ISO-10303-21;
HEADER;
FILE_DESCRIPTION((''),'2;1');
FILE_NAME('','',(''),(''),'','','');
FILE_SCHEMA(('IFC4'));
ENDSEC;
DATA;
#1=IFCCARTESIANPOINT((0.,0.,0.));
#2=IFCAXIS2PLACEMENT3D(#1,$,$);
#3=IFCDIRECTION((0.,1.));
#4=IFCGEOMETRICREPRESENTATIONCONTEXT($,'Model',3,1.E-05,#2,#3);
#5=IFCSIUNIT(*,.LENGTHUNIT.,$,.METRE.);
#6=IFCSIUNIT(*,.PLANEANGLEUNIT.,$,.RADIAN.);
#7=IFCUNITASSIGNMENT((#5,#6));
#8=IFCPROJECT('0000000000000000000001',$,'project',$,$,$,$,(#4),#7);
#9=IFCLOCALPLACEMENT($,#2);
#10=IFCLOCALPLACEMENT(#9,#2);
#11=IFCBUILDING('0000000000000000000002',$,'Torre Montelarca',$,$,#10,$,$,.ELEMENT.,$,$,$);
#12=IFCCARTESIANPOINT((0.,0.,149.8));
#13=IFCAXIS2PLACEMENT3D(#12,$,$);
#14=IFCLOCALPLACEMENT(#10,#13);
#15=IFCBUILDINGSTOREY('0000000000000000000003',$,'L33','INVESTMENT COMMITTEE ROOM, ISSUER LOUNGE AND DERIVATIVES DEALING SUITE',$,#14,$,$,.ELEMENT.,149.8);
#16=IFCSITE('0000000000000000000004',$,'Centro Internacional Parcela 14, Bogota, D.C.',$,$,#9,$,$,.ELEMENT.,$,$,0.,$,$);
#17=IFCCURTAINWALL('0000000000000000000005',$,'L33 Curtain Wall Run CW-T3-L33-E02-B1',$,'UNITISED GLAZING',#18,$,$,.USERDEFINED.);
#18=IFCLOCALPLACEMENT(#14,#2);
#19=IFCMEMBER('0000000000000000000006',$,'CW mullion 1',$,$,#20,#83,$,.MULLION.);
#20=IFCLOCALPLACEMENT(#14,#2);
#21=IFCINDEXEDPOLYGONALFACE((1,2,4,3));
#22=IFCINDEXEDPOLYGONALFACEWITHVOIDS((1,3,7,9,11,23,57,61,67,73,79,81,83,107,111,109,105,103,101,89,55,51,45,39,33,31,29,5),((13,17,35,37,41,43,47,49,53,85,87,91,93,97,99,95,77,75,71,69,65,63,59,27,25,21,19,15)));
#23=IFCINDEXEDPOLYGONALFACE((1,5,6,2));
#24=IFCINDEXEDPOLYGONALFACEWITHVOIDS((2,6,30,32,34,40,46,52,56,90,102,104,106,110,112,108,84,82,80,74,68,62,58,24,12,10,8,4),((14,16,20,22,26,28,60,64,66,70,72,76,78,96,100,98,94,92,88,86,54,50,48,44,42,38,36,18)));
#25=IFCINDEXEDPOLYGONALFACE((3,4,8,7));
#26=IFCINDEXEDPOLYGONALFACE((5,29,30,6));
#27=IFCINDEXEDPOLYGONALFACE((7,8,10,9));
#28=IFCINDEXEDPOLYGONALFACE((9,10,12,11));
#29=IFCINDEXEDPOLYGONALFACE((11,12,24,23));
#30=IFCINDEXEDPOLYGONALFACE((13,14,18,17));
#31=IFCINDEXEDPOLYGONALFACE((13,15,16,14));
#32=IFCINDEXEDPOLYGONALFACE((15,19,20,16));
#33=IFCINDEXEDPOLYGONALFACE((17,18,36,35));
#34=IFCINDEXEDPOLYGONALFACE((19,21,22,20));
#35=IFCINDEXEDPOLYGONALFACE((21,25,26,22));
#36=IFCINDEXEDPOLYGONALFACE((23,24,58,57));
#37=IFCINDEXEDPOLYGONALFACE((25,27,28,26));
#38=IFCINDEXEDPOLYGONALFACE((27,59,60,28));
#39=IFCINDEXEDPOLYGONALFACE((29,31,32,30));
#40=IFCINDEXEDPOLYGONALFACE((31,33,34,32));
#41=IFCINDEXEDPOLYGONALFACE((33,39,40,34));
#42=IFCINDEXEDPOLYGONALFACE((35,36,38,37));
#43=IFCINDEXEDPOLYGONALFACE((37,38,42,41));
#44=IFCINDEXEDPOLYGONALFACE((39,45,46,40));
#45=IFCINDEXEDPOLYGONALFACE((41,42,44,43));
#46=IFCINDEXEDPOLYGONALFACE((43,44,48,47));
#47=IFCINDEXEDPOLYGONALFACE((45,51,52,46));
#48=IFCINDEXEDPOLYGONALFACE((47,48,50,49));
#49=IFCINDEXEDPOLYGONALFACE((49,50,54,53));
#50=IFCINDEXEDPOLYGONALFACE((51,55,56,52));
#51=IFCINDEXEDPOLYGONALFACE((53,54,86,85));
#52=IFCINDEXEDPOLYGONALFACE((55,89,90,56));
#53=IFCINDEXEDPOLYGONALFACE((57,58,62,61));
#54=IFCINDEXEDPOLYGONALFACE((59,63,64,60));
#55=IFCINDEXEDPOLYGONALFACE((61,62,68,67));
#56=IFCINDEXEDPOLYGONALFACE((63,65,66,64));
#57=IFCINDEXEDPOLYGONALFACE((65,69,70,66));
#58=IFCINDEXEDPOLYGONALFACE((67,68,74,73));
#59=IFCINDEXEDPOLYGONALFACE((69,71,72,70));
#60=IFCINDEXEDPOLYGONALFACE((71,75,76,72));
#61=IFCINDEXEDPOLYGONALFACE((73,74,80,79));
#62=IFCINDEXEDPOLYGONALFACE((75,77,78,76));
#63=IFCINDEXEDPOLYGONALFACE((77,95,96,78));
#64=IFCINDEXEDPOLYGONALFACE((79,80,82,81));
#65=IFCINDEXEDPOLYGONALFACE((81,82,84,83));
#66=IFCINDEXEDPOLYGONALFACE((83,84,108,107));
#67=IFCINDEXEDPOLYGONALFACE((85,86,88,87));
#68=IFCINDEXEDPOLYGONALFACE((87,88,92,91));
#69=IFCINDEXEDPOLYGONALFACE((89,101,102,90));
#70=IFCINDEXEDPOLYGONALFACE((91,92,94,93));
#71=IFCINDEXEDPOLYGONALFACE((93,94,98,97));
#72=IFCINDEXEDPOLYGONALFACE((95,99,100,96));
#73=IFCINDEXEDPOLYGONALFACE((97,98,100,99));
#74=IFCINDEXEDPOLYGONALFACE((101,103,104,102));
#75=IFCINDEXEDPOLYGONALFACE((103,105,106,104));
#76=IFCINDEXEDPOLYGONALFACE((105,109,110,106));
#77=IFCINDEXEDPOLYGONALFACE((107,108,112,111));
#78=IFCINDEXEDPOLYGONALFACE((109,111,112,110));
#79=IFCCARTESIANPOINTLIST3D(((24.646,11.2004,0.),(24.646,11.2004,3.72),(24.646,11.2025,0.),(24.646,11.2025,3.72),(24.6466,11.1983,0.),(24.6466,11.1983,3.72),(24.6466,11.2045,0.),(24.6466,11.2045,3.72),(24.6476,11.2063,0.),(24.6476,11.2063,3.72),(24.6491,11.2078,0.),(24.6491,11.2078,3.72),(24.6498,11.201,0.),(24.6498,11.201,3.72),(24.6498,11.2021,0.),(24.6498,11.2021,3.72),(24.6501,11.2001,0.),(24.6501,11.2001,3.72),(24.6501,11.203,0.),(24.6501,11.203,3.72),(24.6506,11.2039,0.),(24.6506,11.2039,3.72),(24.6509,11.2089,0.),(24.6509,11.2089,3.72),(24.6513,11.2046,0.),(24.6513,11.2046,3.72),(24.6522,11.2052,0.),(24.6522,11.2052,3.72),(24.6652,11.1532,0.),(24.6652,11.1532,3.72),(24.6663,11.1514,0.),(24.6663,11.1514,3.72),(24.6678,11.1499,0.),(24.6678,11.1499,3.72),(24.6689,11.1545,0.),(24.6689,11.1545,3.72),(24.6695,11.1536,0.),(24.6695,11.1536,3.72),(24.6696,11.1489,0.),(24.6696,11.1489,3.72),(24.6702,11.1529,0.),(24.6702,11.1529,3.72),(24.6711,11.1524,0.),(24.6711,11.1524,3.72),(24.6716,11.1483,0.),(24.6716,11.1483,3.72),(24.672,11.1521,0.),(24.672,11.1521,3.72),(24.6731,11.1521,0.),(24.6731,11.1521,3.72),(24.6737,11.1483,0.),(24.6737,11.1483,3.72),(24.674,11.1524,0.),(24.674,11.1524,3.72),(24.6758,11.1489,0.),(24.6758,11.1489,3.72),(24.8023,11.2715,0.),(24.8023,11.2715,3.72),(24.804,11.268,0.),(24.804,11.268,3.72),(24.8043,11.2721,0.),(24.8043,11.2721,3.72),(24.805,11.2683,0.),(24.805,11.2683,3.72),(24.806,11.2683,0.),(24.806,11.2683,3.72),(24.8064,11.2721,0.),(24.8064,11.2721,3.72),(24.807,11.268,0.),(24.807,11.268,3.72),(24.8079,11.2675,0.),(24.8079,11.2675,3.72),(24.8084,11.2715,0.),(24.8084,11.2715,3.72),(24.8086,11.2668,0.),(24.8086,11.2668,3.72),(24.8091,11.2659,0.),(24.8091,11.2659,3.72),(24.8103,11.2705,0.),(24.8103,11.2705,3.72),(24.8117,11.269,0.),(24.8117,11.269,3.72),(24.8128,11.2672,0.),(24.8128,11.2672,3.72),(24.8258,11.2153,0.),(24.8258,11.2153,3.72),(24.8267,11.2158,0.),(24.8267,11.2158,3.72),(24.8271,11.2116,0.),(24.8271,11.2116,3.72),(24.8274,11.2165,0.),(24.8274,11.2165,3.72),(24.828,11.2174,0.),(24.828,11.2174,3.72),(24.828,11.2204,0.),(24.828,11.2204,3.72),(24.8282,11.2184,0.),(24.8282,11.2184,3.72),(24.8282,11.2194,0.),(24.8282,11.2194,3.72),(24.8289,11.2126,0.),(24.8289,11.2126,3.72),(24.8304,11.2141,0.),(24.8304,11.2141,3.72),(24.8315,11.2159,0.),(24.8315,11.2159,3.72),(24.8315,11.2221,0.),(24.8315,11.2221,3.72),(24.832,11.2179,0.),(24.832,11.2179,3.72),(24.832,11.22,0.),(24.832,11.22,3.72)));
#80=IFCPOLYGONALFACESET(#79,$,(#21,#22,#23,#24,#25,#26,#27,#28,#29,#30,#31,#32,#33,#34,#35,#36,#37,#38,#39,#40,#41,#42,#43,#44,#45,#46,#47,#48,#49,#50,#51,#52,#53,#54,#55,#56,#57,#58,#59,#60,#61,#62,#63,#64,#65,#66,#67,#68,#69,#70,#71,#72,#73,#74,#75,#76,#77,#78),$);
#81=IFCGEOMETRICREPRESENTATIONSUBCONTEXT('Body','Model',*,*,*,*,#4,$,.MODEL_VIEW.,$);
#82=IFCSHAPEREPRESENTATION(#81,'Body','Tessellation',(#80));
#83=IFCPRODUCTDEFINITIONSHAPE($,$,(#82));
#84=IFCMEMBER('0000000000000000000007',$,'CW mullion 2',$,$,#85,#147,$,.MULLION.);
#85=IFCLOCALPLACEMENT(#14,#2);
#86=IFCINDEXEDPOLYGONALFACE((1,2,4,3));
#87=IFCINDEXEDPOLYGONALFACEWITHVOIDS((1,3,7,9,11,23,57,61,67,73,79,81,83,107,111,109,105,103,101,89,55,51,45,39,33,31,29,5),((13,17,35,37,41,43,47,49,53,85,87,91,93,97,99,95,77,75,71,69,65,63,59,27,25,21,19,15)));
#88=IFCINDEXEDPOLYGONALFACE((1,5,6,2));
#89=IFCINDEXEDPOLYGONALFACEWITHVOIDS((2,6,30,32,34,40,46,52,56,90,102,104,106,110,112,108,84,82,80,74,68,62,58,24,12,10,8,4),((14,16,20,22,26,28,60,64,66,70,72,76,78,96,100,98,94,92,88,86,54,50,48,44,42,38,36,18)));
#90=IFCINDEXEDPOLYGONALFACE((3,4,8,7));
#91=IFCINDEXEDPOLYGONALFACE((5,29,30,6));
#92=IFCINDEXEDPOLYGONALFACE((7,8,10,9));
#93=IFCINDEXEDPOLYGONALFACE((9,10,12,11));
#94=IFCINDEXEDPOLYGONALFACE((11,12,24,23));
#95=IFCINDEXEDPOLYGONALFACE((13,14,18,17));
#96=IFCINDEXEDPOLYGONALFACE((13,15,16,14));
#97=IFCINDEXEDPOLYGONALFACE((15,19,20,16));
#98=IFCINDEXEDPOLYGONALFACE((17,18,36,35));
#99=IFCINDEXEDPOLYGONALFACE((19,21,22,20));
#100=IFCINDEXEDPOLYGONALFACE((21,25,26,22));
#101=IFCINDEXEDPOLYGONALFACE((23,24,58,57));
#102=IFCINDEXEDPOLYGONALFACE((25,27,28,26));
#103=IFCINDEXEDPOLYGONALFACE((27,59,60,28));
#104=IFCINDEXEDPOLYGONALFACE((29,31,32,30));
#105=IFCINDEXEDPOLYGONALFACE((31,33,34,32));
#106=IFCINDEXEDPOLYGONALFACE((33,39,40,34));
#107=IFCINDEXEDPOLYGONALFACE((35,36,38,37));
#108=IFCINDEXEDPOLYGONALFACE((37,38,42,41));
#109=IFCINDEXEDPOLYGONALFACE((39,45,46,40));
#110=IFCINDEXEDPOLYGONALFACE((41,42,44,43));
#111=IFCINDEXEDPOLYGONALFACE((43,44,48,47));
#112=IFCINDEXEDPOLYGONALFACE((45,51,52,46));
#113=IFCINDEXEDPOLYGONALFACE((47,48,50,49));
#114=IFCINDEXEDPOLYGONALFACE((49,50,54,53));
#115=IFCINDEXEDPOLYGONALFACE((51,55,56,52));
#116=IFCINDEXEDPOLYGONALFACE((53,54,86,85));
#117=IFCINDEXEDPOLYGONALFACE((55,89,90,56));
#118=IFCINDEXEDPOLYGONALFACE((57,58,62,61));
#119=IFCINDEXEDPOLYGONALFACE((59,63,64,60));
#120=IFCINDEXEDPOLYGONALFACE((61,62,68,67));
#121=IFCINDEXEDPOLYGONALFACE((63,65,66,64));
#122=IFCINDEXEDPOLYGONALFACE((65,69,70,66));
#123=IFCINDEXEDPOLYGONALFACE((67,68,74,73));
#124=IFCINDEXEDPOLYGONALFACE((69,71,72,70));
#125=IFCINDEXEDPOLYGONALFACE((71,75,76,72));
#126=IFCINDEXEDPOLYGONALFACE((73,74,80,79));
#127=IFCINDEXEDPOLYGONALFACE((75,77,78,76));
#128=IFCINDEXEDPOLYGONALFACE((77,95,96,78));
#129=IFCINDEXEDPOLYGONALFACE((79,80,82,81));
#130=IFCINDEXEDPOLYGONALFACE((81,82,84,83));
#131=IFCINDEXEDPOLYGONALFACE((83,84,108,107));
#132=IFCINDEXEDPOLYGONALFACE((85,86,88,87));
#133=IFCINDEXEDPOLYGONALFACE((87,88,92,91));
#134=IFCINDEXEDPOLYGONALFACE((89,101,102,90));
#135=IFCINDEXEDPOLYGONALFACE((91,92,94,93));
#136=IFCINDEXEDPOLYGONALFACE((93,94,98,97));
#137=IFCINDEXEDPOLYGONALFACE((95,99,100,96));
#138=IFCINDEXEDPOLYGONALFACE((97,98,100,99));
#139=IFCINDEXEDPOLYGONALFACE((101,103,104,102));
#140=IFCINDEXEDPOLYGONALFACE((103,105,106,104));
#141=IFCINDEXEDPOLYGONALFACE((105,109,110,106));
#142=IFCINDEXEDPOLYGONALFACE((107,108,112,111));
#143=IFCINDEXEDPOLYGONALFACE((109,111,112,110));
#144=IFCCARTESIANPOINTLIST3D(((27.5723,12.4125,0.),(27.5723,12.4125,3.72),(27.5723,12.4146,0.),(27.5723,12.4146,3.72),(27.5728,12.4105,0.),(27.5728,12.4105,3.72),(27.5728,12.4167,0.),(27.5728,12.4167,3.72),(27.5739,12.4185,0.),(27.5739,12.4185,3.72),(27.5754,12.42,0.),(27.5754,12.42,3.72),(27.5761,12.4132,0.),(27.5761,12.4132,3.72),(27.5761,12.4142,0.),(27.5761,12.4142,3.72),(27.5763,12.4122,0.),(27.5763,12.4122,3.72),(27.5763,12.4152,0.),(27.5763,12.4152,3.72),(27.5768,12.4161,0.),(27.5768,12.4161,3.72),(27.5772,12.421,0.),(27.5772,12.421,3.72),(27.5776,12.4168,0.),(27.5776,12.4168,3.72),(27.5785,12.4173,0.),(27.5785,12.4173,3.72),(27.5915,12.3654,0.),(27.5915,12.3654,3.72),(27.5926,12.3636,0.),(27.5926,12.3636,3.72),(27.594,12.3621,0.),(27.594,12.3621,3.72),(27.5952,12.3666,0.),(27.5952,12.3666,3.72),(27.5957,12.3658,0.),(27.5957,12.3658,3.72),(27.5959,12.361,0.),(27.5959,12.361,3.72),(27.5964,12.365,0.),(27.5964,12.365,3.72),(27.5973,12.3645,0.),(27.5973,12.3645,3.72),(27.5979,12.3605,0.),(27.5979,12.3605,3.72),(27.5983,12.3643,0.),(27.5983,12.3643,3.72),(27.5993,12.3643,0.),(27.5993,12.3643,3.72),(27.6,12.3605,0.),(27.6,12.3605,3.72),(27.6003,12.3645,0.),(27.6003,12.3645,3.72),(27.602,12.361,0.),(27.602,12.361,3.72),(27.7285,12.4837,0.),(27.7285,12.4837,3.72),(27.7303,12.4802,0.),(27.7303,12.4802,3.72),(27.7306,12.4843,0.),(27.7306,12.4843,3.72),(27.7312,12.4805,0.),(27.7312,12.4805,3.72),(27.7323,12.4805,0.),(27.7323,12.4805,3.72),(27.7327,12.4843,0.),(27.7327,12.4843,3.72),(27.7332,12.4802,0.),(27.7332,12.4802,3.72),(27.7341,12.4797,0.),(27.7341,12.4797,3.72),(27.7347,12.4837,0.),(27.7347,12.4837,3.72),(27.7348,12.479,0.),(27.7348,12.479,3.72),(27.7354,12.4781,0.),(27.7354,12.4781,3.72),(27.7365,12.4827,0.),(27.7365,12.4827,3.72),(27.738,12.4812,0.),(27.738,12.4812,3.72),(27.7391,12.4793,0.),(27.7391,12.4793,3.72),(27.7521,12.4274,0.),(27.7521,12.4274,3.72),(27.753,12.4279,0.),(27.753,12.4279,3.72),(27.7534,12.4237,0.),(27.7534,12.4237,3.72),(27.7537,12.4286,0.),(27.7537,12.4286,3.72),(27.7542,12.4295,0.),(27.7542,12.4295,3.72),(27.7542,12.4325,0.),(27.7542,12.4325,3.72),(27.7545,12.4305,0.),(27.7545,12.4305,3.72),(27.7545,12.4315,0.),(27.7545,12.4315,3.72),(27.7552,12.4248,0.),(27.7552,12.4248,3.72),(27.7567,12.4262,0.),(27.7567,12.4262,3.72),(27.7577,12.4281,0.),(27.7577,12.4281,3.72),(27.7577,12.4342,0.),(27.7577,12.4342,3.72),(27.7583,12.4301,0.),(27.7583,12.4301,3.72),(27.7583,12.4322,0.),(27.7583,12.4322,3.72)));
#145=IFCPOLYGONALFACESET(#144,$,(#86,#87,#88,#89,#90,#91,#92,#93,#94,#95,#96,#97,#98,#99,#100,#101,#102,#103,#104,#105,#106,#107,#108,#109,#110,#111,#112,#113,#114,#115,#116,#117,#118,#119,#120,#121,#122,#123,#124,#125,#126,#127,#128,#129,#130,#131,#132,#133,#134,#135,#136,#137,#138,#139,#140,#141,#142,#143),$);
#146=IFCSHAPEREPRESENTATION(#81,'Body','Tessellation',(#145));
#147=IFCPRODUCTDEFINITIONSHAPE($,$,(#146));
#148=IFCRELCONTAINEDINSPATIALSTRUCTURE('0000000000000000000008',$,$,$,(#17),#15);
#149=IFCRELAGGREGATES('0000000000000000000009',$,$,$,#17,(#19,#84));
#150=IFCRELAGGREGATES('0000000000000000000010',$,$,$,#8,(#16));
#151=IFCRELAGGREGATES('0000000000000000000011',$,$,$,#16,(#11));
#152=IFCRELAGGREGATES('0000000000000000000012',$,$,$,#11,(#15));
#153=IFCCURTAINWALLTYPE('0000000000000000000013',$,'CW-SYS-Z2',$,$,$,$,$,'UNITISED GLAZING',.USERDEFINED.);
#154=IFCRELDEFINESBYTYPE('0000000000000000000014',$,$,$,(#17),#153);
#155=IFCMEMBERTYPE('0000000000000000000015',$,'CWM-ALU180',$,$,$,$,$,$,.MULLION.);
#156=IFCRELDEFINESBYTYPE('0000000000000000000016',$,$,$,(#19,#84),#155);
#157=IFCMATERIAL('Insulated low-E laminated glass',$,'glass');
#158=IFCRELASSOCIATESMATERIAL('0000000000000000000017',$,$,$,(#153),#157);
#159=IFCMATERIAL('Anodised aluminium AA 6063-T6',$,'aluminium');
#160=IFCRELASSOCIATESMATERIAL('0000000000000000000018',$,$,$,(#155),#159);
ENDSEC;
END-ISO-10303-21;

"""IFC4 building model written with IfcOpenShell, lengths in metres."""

from ifc_helpers import new_model, si_unit, direction, frame, origin, origin_2d, place, context, subcontext, project, spatial, hollow_rectangle, extrude, source, transform, mapped, material, material_profile, profile_set, type_object, element, aggregate, save


model = new_model("IFC4")

# Units and contexts
model_context = context("Model", 3, precision=1e-05, world=origin(), true_north=direction((0.0, 1.0)))
body_context = subcontext(model_context, "Body", "Model", "MODEL_VIEW")
ifc_project = project(units=[si_unit("LENGTHUNIT", "METRE"), si_unit("PLANEANGLEUNIT", "RADIAN")], contexts=[model_context])

# Site, building, storey
site_placement = place(None, origin())
site = spatial("IfcSite", under=ifc_project, at=site_placement, Name="Centro Internacional Parcela 14, Bogota, D.C.", CompositionType="ELEMENT", RefElevation=0.0)
building_placement = place(site_placement, origin())
building = spatial("IfcBuilding", under=site, at=building_placement, Name="Torre Montelarca", CompositionType="ELEMENT")
storey_placement = place(building_placement, frame((0.0, 0.0, 149.8)))
storey = spatial("IfcBuildingStorey", under=building, at=storey_placement, Name="L33", Description="INVESTMENT COMMITTEE ROOM, ISSUER LOUNGE AND DERIVATIVES DEALING SUITE", CompositionType="ELEMENT", Elevation=149.8)

# Curtain wall
ifc_material_1 = material(Name="Insulated low-E laminated glass", Category="glass")
curtain_wall_type = type_object("IfcCurtainWallType", Name="CW-SYS-Z2", ElementType="UNITISED GLAZING", PredefinedType="USERDEFINED", material=ifc_material_1)
curtain_wall_1_placement = place(storey_placement, origin())
curtain_wall_1 = element("IfcCurtainWall", 1, at=curtain_wall_1_placement, inside=storey, type_object=curtain_wall_type, Name="L33 Curtain Wall Run CW-T3-L33-E02-B1", ObjectType="UNITISED GLAZING", PredefinedType="USERDEFINED")
ifc_material_2 = material(Name="Anodised aluminium AA 6063-T6", Category="aluminium")

# Shared definitions
ifc_material_profile_1 = material_profile(ifc_material_2, hollow_rectangle(XDim=0.0649, YDim=0.1799, WallThickness=0.0039, InnerFilletRadius=0.0039, OuterFilletRadius=0.0081, at=origin_2d()), Name="ALU65X180X4", Category="aluminium")
ifc_profile_set_1 = profile_set([ifc_material_profile_1], Name="Anodised aluminium AA 6063-T6")
member_type_1 = type_object("IfcMemberType", Name="CWM-ALU180", PredefinedType="MULLION", material=ifc_profile_set_1)
shared_shape_1 = source(origin(), body_context, "Body", "SweptSolid", [
    extrude(hollow_rectangle(XDim=0.0649, YDim=0.1799, WallThickness=0.0039, InnerFilletRadius=0.0039, OuterFilletRadius=0.0081, at=origin_2d()), origin(), (0.0, 0.0, 1.0), 3.72),
])

# Members
member_1_placement = place(storey_placement, frame((24.739, 11.2102, 0.0), z_axis=(0.0, 0.0, 1.0), x_axis=(-0.38267, 0.923885, 0.0)))
member_1 = element("IfcMember", 2, at=member_1_placement, type_object=member_type_1, Name="CW mullion 1", PredefinedType="MULLION", context=body_context, shape_type="MappedRepresentation", body=[
    mapped(shared_shape_1, transform((0.0, 0.0, 0.0), scale=1.0)),
])
member_2_placement = place(storey_placement, frame((27.6653, 12.4224, 0.0), z_axis=(0.0, 0.0, 1.0), x_axis=(-0.38267, 0.923885, 0.0)))
member_2 = element("IfcMember", 3, at=member_2_placement, type_object=member_type_1, Name="CW mullion 2", PredefinedType="MULLION", context=body_context, shape_type="MappedRepresentation", body=[
    mapped(shared_shape_1, transform((0.0, 0.0, 0.0), scale=1.0)),
])

aggregate(curtain_wall_1, [member_1, member_2])

save(model, "model.ifc")
